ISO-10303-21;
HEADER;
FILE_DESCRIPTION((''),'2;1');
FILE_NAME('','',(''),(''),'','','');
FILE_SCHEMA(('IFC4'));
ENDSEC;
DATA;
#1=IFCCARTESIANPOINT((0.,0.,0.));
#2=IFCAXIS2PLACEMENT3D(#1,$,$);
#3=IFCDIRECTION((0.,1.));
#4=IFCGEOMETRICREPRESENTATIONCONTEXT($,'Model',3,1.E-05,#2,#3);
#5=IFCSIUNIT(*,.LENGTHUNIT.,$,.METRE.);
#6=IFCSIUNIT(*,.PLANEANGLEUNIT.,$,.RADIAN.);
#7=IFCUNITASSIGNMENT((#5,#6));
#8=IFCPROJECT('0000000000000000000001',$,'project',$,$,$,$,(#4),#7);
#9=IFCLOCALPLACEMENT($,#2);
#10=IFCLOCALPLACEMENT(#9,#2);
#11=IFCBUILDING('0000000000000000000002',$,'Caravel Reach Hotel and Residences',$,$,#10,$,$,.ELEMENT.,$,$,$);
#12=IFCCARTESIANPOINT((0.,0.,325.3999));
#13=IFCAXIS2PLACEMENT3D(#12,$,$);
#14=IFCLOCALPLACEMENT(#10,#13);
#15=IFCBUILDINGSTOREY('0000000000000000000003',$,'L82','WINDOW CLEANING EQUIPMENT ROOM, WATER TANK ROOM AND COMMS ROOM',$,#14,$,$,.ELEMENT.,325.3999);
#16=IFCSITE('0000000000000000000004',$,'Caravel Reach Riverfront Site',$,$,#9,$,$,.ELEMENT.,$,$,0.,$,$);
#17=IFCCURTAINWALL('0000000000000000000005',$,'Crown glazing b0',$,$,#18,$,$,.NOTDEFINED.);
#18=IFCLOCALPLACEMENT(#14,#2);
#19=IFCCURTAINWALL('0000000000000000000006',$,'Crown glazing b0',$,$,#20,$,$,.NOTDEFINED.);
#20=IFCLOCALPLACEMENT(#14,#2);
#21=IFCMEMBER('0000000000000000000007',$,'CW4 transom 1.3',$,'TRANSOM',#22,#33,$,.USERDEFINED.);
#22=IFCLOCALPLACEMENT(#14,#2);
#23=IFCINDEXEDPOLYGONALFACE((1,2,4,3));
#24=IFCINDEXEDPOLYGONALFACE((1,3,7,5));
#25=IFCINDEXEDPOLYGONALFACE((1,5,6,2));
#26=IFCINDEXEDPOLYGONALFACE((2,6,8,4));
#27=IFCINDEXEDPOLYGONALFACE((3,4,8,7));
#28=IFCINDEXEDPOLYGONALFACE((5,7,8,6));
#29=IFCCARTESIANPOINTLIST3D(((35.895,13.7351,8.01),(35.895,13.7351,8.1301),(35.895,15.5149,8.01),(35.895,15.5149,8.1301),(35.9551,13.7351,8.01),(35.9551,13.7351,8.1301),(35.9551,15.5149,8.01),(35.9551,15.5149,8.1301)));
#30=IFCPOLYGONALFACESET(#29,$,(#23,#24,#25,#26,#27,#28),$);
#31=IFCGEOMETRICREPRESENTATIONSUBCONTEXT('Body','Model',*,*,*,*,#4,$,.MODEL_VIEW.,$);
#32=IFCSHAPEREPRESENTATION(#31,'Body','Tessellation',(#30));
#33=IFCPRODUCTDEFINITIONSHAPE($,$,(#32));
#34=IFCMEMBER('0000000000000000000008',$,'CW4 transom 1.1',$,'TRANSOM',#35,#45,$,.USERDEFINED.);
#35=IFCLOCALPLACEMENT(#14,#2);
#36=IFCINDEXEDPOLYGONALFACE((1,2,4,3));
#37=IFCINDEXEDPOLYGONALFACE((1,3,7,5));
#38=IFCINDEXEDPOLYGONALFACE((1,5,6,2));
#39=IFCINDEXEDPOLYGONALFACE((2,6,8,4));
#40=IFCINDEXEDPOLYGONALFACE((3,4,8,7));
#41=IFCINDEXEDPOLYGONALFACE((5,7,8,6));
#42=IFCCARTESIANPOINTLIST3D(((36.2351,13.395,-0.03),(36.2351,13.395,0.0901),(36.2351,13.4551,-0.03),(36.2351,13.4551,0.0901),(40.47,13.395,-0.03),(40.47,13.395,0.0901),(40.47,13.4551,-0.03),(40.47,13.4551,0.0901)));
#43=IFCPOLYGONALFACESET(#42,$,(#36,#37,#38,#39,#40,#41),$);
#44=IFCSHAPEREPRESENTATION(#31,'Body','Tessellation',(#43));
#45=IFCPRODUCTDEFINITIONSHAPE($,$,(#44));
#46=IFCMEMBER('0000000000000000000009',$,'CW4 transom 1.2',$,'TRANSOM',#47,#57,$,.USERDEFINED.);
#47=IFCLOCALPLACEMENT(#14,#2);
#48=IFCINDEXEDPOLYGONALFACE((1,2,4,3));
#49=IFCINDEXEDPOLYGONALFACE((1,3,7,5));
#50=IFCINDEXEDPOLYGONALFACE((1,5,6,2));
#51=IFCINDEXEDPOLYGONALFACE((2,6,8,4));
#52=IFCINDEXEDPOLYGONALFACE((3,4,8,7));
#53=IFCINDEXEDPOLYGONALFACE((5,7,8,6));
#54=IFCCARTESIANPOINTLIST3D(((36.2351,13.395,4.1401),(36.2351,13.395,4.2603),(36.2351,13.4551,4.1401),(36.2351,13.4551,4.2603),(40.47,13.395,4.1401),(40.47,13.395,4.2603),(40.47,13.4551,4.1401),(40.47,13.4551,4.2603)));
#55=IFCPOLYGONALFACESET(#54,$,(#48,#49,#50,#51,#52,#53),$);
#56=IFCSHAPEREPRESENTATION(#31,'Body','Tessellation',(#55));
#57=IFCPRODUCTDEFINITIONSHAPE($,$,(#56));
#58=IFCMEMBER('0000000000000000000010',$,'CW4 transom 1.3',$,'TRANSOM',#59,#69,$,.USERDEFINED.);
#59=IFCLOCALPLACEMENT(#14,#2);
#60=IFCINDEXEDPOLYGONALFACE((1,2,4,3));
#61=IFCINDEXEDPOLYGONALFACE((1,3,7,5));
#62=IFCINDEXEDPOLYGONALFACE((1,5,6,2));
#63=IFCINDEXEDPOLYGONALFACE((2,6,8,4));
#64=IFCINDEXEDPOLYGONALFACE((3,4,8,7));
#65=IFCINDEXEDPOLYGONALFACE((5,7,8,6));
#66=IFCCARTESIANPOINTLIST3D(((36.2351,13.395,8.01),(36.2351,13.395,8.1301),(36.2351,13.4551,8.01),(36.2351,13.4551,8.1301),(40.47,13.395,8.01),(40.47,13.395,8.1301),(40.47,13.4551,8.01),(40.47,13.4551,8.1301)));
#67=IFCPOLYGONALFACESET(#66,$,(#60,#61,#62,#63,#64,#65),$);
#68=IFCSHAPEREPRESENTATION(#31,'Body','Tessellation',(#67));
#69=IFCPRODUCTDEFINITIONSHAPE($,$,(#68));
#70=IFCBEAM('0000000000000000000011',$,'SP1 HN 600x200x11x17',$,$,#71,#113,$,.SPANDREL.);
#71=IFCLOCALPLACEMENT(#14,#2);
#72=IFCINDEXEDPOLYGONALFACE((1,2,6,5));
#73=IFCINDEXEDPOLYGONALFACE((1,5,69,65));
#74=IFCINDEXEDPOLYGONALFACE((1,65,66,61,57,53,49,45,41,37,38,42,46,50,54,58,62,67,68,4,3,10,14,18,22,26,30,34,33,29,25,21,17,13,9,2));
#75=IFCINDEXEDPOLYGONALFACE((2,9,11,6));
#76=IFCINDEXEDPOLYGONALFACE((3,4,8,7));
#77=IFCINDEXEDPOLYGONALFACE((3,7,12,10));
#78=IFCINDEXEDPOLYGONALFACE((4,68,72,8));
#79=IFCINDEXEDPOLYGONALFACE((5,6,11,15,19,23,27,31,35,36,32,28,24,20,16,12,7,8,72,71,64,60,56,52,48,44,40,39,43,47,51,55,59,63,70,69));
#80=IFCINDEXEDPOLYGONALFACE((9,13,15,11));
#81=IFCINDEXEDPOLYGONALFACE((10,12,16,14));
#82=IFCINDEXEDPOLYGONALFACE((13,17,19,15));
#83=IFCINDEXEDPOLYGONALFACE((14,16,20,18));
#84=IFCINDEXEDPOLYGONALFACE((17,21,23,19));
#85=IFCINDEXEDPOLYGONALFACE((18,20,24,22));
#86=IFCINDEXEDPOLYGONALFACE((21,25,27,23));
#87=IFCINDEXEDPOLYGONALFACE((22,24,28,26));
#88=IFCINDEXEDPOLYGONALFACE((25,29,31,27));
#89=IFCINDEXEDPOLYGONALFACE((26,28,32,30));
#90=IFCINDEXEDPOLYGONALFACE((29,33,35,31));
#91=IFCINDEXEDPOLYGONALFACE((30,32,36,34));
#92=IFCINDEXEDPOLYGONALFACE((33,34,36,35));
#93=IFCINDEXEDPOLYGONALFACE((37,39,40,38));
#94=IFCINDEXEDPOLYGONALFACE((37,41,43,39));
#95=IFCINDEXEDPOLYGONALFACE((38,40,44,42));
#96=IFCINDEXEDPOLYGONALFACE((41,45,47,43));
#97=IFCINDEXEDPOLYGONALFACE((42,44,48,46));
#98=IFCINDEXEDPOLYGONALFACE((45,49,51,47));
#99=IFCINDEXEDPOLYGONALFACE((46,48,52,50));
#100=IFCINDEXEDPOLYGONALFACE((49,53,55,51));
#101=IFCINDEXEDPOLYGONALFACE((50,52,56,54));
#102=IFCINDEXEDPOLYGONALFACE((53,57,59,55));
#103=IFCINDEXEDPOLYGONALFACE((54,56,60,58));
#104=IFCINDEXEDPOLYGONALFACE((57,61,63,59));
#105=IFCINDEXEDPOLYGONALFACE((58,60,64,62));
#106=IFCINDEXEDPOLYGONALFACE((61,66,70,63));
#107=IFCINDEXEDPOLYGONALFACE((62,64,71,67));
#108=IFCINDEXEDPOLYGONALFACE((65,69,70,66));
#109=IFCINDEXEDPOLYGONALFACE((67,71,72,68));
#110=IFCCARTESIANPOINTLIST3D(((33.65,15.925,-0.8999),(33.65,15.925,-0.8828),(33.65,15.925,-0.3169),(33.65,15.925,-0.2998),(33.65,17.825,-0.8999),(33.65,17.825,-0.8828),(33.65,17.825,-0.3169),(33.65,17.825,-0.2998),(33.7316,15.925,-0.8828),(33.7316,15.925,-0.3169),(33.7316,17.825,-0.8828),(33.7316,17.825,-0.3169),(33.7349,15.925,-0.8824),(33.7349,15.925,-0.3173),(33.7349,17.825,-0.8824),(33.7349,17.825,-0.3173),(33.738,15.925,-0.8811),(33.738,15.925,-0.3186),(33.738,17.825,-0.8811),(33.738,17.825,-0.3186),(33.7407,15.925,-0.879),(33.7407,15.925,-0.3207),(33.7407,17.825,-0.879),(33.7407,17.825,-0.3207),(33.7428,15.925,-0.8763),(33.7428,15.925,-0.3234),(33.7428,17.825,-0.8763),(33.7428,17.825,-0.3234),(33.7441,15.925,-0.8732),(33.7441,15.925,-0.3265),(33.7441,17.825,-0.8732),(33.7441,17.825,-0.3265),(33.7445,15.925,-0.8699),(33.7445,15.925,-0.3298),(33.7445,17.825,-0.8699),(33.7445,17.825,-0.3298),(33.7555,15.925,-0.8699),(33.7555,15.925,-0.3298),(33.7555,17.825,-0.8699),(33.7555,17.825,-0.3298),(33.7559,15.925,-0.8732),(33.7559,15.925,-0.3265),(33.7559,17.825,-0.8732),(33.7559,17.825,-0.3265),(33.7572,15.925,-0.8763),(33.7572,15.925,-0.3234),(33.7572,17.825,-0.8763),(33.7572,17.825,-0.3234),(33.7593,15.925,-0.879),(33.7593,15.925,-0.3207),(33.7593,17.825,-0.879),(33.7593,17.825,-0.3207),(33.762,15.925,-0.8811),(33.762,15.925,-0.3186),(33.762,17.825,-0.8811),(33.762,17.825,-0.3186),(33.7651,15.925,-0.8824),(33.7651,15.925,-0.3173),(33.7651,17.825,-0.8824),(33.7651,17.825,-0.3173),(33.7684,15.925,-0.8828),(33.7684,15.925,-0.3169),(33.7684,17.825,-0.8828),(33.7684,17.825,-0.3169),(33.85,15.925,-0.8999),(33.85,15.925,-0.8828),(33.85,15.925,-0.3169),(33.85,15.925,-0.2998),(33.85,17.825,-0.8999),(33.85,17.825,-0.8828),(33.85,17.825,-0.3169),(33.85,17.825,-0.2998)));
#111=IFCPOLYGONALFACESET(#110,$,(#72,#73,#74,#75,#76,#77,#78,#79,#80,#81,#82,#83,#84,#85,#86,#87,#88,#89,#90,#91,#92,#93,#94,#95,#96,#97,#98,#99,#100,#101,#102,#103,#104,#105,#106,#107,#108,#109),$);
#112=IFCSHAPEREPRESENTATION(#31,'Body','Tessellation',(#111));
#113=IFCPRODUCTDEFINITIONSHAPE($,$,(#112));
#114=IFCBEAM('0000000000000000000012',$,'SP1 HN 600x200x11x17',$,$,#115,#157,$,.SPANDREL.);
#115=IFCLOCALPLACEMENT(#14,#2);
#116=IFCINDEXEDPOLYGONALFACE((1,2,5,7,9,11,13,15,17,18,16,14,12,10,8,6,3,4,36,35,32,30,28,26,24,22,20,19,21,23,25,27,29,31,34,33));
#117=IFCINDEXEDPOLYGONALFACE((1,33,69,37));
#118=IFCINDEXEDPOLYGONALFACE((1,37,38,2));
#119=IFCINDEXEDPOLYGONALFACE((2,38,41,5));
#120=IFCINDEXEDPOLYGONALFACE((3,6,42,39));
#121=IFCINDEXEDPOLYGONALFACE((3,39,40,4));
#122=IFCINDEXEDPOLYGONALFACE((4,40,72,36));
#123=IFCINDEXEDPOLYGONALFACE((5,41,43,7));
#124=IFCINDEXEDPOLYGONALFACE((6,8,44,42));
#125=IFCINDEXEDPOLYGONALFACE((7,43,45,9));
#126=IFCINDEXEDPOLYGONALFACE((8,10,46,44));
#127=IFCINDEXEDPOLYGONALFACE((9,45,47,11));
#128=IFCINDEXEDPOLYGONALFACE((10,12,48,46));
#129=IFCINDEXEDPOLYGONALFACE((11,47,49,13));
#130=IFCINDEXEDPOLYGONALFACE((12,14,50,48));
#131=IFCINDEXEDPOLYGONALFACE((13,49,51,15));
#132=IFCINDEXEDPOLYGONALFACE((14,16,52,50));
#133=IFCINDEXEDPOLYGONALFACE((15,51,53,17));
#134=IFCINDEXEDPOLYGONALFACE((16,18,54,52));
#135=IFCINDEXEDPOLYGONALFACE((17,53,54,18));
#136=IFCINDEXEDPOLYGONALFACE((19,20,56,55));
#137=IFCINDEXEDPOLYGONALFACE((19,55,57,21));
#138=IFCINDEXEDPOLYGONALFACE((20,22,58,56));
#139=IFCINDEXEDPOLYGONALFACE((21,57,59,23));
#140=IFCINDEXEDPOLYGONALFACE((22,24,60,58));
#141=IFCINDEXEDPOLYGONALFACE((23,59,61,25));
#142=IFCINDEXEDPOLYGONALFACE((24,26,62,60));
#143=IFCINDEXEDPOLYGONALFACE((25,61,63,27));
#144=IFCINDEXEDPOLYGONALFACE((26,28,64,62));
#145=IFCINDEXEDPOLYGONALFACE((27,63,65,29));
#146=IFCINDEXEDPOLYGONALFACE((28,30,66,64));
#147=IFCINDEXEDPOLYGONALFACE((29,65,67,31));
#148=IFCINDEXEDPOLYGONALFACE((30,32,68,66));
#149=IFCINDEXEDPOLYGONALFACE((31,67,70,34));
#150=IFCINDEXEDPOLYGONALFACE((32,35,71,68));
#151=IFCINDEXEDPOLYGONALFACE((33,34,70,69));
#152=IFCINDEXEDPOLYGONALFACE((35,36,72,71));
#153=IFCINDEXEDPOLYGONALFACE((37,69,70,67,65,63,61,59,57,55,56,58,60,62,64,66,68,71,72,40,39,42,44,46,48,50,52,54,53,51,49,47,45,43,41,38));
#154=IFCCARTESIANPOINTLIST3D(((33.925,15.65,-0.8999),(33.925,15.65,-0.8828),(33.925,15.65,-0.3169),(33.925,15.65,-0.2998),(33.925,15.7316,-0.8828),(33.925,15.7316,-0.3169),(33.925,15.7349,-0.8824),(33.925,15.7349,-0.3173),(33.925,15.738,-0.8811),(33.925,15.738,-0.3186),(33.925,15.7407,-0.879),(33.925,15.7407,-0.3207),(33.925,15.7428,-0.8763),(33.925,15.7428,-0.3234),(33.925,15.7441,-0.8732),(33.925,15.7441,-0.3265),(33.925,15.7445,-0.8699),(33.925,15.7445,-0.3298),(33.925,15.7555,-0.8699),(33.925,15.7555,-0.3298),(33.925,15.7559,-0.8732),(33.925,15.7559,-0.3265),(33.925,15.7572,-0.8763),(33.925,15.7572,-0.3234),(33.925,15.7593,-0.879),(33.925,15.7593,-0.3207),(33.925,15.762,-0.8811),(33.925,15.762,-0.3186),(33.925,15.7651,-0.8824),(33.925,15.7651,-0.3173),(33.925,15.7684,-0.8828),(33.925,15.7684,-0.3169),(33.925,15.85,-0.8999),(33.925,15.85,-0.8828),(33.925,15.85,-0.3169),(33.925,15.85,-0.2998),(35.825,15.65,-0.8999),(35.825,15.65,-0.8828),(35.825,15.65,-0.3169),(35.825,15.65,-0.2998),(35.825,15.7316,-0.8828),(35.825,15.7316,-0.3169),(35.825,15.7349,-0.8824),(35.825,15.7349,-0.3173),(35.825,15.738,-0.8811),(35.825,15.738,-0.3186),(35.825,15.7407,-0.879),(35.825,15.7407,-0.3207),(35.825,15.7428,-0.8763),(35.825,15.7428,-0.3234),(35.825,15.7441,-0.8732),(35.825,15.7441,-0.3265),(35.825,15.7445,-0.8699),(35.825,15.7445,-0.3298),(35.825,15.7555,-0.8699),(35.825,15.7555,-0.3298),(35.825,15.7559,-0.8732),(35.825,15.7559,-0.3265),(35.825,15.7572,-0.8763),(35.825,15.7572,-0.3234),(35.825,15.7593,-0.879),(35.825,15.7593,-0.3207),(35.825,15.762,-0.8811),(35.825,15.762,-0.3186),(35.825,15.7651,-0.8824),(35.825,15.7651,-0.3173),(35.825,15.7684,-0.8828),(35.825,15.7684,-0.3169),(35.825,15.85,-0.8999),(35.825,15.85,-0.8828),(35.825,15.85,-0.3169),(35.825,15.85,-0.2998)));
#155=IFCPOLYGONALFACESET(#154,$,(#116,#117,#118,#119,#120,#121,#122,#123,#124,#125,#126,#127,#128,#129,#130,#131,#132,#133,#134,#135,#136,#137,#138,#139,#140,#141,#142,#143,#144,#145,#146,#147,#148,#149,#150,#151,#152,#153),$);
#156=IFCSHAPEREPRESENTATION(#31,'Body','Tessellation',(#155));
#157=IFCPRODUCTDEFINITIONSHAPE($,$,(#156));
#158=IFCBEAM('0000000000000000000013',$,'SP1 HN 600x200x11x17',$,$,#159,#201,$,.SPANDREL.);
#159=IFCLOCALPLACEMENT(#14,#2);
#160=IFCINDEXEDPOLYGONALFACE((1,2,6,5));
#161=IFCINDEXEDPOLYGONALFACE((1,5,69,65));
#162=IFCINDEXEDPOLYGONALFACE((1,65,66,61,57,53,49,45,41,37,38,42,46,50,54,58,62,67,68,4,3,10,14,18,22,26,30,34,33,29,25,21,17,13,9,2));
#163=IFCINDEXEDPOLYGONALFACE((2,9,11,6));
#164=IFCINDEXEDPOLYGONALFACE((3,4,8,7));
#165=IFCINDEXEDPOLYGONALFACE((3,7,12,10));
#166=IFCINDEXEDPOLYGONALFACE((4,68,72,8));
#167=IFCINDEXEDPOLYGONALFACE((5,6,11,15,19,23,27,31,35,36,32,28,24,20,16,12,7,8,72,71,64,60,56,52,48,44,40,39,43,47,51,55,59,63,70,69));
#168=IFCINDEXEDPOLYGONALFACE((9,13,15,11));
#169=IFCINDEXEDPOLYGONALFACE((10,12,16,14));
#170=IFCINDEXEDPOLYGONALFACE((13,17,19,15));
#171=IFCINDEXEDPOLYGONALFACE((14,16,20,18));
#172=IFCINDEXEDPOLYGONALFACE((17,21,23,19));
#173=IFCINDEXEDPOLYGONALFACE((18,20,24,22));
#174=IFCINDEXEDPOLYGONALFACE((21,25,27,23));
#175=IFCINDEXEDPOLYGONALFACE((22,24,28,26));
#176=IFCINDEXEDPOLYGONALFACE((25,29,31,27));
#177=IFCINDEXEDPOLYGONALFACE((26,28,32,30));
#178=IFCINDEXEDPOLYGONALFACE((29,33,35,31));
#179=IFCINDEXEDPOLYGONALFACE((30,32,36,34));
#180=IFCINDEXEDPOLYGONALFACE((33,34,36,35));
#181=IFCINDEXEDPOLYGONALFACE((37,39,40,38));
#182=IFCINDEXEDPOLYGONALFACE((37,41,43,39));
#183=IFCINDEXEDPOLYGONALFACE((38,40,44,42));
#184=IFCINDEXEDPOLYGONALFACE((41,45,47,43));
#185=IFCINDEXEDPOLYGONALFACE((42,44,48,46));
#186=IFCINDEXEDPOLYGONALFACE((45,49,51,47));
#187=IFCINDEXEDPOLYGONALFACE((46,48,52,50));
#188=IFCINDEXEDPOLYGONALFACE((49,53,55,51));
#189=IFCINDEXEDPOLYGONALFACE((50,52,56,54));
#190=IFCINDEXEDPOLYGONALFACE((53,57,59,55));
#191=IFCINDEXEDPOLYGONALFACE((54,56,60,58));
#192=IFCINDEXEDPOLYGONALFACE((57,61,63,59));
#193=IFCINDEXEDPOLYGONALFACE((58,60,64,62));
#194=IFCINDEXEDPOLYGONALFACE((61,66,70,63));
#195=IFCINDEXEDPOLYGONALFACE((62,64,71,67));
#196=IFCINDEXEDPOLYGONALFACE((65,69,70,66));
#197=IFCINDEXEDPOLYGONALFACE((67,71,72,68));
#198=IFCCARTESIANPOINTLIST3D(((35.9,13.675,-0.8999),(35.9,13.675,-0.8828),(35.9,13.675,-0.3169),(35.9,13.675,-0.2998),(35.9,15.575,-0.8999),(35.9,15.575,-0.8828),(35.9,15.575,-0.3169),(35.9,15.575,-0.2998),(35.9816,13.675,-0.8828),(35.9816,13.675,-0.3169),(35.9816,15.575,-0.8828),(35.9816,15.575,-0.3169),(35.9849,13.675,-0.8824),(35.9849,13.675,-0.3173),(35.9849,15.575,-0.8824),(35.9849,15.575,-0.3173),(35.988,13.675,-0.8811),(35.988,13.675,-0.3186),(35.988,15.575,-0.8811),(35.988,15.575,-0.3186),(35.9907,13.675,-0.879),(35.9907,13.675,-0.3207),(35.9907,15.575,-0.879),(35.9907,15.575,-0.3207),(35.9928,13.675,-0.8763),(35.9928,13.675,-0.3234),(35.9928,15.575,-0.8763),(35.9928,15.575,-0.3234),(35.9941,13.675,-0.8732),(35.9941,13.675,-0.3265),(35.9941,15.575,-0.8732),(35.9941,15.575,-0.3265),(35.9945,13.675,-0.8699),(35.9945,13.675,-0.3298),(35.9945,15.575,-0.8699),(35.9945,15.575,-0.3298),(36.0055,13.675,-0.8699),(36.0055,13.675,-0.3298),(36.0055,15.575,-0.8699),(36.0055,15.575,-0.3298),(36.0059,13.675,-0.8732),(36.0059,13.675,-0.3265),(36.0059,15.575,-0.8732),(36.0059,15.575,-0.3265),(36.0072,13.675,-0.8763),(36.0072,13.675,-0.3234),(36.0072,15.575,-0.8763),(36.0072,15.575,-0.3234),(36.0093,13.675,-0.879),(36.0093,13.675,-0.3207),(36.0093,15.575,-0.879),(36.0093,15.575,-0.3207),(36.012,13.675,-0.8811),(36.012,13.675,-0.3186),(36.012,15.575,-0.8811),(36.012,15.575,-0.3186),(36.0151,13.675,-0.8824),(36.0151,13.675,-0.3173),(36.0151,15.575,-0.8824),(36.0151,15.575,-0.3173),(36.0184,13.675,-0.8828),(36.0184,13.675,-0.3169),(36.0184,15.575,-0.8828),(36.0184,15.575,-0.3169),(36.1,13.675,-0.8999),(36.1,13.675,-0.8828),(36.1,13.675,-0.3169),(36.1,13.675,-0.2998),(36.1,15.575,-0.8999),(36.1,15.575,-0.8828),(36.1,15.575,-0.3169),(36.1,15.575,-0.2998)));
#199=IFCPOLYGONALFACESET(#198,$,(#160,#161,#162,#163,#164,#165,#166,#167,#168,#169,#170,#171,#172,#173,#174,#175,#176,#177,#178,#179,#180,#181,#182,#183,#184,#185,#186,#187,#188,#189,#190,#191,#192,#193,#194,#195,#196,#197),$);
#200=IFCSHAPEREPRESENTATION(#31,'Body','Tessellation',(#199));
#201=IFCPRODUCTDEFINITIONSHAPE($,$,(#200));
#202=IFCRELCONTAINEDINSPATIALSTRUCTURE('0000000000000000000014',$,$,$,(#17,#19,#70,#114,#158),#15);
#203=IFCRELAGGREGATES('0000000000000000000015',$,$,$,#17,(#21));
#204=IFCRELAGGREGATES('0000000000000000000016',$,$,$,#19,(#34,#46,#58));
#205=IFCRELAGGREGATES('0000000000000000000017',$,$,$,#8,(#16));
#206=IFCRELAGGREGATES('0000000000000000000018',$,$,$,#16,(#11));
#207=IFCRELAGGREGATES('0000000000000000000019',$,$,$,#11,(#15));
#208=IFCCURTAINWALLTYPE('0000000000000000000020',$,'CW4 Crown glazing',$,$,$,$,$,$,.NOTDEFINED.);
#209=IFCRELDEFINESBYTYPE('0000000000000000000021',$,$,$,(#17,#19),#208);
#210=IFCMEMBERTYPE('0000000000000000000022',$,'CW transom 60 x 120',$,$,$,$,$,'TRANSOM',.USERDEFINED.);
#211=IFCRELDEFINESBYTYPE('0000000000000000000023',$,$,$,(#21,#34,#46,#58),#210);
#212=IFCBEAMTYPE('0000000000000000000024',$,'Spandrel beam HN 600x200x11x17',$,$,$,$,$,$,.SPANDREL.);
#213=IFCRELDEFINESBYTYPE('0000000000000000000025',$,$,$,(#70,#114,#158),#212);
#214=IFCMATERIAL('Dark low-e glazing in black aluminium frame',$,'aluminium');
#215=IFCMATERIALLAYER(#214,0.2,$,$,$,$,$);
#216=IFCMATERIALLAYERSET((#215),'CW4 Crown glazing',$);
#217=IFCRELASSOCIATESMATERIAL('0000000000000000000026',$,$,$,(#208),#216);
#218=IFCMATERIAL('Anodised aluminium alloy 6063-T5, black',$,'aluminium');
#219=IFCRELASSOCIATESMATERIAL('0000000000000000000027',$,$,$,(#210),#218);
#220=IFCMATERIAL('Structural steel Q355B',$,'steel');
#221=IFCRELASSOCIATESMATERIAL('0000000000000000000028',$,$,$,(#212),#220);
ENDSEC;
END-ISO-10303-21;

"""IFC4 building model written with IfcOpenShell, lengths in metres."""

from ifc_helpers import new_model, si_unit, direction, frame, origin, origin_2d, place, context, subcontext, project, spatial, rectangle, i_section, extrude, material, layer, layer_set, material_profile, profile_set, type_object, element, aggregate, save


model = new_model("IFC4")

# Units and contexts
model_context = context("Model", 3, precision=1e-05, world=origin(), true_north=direction((0.0, 1.0)))
body_context = subcontext(model_context, "Body", "Model", "MODEL_VIEW")
ifc_project = project(units=[si_unit("LENGTHUNIT", "METRE"), si_unit("PLANEANGLEUNIT", "RADIAN")], contexts=[model_context])

# Site, building, storey
site_placement = place(None, origin())
site = spatial("IfcSite", under=ifc_project, at=site_placement, Name="Caravel Reach Riverfront Site", CompositionType="ELEMENT", RefElevation=0.0)
building_placement = place(site_placement, origin())
building = spatial("IfcBuilding", under=site, at=building_placement, Name="Caravel Reach Hotel and Residences", CompositionType="ELEMENT")
storey_placement = place(building_placement, frame((0.0, 0.0, 325.3999)))
storey = spatial("IfcBuildingStorey", under=building, at=storey_placement, Name="L82", Description="WINDOW CLEANING EQUIPMENT ROOM, WATER TANK ROOM AND COMMS ROOM", CompositionType="ELEMENT", Elevation=325.3999)

# Curtain walls
ifc_material_1 = material(Name="Dark low-e glazing in black aluminium frame", Category="aluminium")
ifc_layer_1 = layer(ifc_material_1, 0.2)
ifc_layer_set_1 = layer_set([ifc_layer_1], Name="CW4 Crown glazing")
curtain_wall_type = type_object("IfcCurtainWallType", Name="CW4 Crown glazing", PredefinedType="NOTDEFINED", material=ifc_layer_set_1)
curtain_wall_1_placement = place(storey_placement, origin())
curtain_wall_1 = element("IfcCurtainWall", 1, at=curtain_wall_1_placement, inside=storey, type_object=curtain_wall_type, Name="Crown glazing b0", PredefinedType="NOTDEFINED")
curtain_wall_2_placement = place(storey_placement, origin())
curtain_wall_2 = element("IfcCurtainWall", 2, at=curtain_wall_2_placement, inside=storey, type_object=curtain_wall_type, Name="Crown glazing b0", PredefinedType="NOTDEFINED")

# Members
ifc_material_2 = material(Name="Anodised aluminium alloy 6063-T5, black", Category="aluminium")
ifc_material_profile_1 = material_profile(ifc_material_2, rectangle(XDim=0.0601, YDim=0.1201, at=origin_2d()), Name="CW transom 60 x 120")
ifc_profile_set_1 = profile_set([ifc_material_profile_1], Name="Anodised aluminium alloy 6063-T5, black")
member_type_1 = type_object("IfcMemberType", Name="CW transom 60 x 120", ElementType="TRANSOM", PredefinedType="USERDEFINED", material=ifc_profile_set_1)
member_1_placement = place(storey_placement, frame((35.925, 15.5149, 8.0701), z_axis=(0.0, -1.0, 0.0), x_axis=(1.0, 0.0, 0.0)))
member_1 = element("IfcMember", 3, at=member_1_placement, type_object=member_type_1, Name="CW4 transom 1.3", ObjectType="TRANSOM", PredefinedType="USERDEFINED", context=body_context, shape_type="SweptSolid", body=[
    extrude(rectangle(XDim=0.0601, YDim=0.1201, at=origin_2d()), origin(), (0.0, 0.0, 1.0), 1.7798),
])
member_2_placement = place(storey_placement, frame((36.2351, 13.425, 0.03), z_axis=(1.0, 0.0, 0.0), x_axis=(0.0, 1.0, 0.0)))
member_2 = element("IfcMember", 4, at=member_2_placement, type_object=member_type_1, Name="CW4 transom 1.1", ObjectType="TRANSOM", PredefinedType="USERDEFINED", context=body_context, shape_type="SweptSolid", body=[
    extrude(rectangle(XDim=0.0601, YDim=0.1201, at=origin_2d()), origin(), (0.0, 0.0, 1.0), 4.2349),
])
member_3_placement = place(storey_placement, frame((36.2351, 13.425, 4.2002), z_axis=(1.0, 0.0, 0.0), x_axis=(0.0, 1.0, 0.0)))
member_3 = element("IfcMember", 5, at=member_3_placement, type_object=member_type_1, Name="CW4 transom 1.2", ObjectType="TRANSOM", PredefinedType="USERDEFINED", context=body_context, shape_type="SweptSolid", body=[
    extrude(rectangle(XDim=0.0601, YDim=0.1201, at=origin_2d()), origin(), (0.0, 0.0, 1.0), 4.2349),
])
member_4_placement = place(storey_placement, frame((36.2351, 13.425, 8.0701), z_axis=(1.0, 0.0, 0.0), x_axis=(0.0, 1.0, 0.0)))
member_4 = element("IfcMember", 6, at=member_4_placement, type_object=member_type_1, Name="CW4 transom 1.3", ObjectType="TRANSOM", PredefinedType="USERDEFINED", context=body_context, shape_type="SweptSolid", body=[
    extrude(rectangle(XDim=0.0601, YDim=0.1201, at=origin_2d()), origin(), (0.0, 0.0, 1.0), 4.2349),
])

# Beams
ifc_material_3 = material(Name="Structural steel Q355B", Category="steel")
ifc_material_profile_2 = material_profile(ifc_material_3, i_section(OverallWidth=0.2, OverallDepth=0.6001, WebThickness=0.011, FlangeThickness=0.0171, FilletRadius=0.0129, at=origin_2d()), Name="HN 600x200x11x17")
ifc_profile_set_2 = profile_set([ifc_material_profile_2], Name="Structural steel Q355B")
beam_type_1 = type_object("IfcBeamType", Name="Spandrel beam HN 600x200x11x17", PredefinedType="SPANDREL", material=ifc_profile_set_2)
for number, where, z_axis, x_axis, name in (
    (7, (33.75, 17.825, -0.5999), (0.0, -1.0, 0.0), (1.0, 0.0, 0.0), "SP1 HN 600x200x11x17"),
    (8, (33.925, 15.75, -0.5999), (1.0, 0.0, 0.0), (0.0, 1.0, 0.0), "SP1 HN 600x200x11x17"),
    (9, (36.0, 15.575, -0.5999), (0.0, -1.0, 0.0), (1.0, 0.0, 0.0), "SP1 HN 600x200x11x17"),
):
    element("IfcBeam", number, at=place(storey_placement, frame(where, z_axis=z_axis, x_axis=x_axis)), inside=storey, type_object=beam_type_1, Name=name, PredefinedType="SPANDREL", context=body_context, shape_type="SweptSolid", body=[
        extrude(i_section(OverallWidth=0.2, OverallDepth=0.6001, WebThickness=0.011, FlangeThickness=0.0171, FilletRadius=0.0129, at=origin_2d()), origin(), (0.0, 0.0, 1.0), 1.8999),
    ])

aggregate(curtain_wall_1, [member_1])
aggregate(curtain_wall_2, [member_2, member_3, member_4])

save(model, "model.ifc")
